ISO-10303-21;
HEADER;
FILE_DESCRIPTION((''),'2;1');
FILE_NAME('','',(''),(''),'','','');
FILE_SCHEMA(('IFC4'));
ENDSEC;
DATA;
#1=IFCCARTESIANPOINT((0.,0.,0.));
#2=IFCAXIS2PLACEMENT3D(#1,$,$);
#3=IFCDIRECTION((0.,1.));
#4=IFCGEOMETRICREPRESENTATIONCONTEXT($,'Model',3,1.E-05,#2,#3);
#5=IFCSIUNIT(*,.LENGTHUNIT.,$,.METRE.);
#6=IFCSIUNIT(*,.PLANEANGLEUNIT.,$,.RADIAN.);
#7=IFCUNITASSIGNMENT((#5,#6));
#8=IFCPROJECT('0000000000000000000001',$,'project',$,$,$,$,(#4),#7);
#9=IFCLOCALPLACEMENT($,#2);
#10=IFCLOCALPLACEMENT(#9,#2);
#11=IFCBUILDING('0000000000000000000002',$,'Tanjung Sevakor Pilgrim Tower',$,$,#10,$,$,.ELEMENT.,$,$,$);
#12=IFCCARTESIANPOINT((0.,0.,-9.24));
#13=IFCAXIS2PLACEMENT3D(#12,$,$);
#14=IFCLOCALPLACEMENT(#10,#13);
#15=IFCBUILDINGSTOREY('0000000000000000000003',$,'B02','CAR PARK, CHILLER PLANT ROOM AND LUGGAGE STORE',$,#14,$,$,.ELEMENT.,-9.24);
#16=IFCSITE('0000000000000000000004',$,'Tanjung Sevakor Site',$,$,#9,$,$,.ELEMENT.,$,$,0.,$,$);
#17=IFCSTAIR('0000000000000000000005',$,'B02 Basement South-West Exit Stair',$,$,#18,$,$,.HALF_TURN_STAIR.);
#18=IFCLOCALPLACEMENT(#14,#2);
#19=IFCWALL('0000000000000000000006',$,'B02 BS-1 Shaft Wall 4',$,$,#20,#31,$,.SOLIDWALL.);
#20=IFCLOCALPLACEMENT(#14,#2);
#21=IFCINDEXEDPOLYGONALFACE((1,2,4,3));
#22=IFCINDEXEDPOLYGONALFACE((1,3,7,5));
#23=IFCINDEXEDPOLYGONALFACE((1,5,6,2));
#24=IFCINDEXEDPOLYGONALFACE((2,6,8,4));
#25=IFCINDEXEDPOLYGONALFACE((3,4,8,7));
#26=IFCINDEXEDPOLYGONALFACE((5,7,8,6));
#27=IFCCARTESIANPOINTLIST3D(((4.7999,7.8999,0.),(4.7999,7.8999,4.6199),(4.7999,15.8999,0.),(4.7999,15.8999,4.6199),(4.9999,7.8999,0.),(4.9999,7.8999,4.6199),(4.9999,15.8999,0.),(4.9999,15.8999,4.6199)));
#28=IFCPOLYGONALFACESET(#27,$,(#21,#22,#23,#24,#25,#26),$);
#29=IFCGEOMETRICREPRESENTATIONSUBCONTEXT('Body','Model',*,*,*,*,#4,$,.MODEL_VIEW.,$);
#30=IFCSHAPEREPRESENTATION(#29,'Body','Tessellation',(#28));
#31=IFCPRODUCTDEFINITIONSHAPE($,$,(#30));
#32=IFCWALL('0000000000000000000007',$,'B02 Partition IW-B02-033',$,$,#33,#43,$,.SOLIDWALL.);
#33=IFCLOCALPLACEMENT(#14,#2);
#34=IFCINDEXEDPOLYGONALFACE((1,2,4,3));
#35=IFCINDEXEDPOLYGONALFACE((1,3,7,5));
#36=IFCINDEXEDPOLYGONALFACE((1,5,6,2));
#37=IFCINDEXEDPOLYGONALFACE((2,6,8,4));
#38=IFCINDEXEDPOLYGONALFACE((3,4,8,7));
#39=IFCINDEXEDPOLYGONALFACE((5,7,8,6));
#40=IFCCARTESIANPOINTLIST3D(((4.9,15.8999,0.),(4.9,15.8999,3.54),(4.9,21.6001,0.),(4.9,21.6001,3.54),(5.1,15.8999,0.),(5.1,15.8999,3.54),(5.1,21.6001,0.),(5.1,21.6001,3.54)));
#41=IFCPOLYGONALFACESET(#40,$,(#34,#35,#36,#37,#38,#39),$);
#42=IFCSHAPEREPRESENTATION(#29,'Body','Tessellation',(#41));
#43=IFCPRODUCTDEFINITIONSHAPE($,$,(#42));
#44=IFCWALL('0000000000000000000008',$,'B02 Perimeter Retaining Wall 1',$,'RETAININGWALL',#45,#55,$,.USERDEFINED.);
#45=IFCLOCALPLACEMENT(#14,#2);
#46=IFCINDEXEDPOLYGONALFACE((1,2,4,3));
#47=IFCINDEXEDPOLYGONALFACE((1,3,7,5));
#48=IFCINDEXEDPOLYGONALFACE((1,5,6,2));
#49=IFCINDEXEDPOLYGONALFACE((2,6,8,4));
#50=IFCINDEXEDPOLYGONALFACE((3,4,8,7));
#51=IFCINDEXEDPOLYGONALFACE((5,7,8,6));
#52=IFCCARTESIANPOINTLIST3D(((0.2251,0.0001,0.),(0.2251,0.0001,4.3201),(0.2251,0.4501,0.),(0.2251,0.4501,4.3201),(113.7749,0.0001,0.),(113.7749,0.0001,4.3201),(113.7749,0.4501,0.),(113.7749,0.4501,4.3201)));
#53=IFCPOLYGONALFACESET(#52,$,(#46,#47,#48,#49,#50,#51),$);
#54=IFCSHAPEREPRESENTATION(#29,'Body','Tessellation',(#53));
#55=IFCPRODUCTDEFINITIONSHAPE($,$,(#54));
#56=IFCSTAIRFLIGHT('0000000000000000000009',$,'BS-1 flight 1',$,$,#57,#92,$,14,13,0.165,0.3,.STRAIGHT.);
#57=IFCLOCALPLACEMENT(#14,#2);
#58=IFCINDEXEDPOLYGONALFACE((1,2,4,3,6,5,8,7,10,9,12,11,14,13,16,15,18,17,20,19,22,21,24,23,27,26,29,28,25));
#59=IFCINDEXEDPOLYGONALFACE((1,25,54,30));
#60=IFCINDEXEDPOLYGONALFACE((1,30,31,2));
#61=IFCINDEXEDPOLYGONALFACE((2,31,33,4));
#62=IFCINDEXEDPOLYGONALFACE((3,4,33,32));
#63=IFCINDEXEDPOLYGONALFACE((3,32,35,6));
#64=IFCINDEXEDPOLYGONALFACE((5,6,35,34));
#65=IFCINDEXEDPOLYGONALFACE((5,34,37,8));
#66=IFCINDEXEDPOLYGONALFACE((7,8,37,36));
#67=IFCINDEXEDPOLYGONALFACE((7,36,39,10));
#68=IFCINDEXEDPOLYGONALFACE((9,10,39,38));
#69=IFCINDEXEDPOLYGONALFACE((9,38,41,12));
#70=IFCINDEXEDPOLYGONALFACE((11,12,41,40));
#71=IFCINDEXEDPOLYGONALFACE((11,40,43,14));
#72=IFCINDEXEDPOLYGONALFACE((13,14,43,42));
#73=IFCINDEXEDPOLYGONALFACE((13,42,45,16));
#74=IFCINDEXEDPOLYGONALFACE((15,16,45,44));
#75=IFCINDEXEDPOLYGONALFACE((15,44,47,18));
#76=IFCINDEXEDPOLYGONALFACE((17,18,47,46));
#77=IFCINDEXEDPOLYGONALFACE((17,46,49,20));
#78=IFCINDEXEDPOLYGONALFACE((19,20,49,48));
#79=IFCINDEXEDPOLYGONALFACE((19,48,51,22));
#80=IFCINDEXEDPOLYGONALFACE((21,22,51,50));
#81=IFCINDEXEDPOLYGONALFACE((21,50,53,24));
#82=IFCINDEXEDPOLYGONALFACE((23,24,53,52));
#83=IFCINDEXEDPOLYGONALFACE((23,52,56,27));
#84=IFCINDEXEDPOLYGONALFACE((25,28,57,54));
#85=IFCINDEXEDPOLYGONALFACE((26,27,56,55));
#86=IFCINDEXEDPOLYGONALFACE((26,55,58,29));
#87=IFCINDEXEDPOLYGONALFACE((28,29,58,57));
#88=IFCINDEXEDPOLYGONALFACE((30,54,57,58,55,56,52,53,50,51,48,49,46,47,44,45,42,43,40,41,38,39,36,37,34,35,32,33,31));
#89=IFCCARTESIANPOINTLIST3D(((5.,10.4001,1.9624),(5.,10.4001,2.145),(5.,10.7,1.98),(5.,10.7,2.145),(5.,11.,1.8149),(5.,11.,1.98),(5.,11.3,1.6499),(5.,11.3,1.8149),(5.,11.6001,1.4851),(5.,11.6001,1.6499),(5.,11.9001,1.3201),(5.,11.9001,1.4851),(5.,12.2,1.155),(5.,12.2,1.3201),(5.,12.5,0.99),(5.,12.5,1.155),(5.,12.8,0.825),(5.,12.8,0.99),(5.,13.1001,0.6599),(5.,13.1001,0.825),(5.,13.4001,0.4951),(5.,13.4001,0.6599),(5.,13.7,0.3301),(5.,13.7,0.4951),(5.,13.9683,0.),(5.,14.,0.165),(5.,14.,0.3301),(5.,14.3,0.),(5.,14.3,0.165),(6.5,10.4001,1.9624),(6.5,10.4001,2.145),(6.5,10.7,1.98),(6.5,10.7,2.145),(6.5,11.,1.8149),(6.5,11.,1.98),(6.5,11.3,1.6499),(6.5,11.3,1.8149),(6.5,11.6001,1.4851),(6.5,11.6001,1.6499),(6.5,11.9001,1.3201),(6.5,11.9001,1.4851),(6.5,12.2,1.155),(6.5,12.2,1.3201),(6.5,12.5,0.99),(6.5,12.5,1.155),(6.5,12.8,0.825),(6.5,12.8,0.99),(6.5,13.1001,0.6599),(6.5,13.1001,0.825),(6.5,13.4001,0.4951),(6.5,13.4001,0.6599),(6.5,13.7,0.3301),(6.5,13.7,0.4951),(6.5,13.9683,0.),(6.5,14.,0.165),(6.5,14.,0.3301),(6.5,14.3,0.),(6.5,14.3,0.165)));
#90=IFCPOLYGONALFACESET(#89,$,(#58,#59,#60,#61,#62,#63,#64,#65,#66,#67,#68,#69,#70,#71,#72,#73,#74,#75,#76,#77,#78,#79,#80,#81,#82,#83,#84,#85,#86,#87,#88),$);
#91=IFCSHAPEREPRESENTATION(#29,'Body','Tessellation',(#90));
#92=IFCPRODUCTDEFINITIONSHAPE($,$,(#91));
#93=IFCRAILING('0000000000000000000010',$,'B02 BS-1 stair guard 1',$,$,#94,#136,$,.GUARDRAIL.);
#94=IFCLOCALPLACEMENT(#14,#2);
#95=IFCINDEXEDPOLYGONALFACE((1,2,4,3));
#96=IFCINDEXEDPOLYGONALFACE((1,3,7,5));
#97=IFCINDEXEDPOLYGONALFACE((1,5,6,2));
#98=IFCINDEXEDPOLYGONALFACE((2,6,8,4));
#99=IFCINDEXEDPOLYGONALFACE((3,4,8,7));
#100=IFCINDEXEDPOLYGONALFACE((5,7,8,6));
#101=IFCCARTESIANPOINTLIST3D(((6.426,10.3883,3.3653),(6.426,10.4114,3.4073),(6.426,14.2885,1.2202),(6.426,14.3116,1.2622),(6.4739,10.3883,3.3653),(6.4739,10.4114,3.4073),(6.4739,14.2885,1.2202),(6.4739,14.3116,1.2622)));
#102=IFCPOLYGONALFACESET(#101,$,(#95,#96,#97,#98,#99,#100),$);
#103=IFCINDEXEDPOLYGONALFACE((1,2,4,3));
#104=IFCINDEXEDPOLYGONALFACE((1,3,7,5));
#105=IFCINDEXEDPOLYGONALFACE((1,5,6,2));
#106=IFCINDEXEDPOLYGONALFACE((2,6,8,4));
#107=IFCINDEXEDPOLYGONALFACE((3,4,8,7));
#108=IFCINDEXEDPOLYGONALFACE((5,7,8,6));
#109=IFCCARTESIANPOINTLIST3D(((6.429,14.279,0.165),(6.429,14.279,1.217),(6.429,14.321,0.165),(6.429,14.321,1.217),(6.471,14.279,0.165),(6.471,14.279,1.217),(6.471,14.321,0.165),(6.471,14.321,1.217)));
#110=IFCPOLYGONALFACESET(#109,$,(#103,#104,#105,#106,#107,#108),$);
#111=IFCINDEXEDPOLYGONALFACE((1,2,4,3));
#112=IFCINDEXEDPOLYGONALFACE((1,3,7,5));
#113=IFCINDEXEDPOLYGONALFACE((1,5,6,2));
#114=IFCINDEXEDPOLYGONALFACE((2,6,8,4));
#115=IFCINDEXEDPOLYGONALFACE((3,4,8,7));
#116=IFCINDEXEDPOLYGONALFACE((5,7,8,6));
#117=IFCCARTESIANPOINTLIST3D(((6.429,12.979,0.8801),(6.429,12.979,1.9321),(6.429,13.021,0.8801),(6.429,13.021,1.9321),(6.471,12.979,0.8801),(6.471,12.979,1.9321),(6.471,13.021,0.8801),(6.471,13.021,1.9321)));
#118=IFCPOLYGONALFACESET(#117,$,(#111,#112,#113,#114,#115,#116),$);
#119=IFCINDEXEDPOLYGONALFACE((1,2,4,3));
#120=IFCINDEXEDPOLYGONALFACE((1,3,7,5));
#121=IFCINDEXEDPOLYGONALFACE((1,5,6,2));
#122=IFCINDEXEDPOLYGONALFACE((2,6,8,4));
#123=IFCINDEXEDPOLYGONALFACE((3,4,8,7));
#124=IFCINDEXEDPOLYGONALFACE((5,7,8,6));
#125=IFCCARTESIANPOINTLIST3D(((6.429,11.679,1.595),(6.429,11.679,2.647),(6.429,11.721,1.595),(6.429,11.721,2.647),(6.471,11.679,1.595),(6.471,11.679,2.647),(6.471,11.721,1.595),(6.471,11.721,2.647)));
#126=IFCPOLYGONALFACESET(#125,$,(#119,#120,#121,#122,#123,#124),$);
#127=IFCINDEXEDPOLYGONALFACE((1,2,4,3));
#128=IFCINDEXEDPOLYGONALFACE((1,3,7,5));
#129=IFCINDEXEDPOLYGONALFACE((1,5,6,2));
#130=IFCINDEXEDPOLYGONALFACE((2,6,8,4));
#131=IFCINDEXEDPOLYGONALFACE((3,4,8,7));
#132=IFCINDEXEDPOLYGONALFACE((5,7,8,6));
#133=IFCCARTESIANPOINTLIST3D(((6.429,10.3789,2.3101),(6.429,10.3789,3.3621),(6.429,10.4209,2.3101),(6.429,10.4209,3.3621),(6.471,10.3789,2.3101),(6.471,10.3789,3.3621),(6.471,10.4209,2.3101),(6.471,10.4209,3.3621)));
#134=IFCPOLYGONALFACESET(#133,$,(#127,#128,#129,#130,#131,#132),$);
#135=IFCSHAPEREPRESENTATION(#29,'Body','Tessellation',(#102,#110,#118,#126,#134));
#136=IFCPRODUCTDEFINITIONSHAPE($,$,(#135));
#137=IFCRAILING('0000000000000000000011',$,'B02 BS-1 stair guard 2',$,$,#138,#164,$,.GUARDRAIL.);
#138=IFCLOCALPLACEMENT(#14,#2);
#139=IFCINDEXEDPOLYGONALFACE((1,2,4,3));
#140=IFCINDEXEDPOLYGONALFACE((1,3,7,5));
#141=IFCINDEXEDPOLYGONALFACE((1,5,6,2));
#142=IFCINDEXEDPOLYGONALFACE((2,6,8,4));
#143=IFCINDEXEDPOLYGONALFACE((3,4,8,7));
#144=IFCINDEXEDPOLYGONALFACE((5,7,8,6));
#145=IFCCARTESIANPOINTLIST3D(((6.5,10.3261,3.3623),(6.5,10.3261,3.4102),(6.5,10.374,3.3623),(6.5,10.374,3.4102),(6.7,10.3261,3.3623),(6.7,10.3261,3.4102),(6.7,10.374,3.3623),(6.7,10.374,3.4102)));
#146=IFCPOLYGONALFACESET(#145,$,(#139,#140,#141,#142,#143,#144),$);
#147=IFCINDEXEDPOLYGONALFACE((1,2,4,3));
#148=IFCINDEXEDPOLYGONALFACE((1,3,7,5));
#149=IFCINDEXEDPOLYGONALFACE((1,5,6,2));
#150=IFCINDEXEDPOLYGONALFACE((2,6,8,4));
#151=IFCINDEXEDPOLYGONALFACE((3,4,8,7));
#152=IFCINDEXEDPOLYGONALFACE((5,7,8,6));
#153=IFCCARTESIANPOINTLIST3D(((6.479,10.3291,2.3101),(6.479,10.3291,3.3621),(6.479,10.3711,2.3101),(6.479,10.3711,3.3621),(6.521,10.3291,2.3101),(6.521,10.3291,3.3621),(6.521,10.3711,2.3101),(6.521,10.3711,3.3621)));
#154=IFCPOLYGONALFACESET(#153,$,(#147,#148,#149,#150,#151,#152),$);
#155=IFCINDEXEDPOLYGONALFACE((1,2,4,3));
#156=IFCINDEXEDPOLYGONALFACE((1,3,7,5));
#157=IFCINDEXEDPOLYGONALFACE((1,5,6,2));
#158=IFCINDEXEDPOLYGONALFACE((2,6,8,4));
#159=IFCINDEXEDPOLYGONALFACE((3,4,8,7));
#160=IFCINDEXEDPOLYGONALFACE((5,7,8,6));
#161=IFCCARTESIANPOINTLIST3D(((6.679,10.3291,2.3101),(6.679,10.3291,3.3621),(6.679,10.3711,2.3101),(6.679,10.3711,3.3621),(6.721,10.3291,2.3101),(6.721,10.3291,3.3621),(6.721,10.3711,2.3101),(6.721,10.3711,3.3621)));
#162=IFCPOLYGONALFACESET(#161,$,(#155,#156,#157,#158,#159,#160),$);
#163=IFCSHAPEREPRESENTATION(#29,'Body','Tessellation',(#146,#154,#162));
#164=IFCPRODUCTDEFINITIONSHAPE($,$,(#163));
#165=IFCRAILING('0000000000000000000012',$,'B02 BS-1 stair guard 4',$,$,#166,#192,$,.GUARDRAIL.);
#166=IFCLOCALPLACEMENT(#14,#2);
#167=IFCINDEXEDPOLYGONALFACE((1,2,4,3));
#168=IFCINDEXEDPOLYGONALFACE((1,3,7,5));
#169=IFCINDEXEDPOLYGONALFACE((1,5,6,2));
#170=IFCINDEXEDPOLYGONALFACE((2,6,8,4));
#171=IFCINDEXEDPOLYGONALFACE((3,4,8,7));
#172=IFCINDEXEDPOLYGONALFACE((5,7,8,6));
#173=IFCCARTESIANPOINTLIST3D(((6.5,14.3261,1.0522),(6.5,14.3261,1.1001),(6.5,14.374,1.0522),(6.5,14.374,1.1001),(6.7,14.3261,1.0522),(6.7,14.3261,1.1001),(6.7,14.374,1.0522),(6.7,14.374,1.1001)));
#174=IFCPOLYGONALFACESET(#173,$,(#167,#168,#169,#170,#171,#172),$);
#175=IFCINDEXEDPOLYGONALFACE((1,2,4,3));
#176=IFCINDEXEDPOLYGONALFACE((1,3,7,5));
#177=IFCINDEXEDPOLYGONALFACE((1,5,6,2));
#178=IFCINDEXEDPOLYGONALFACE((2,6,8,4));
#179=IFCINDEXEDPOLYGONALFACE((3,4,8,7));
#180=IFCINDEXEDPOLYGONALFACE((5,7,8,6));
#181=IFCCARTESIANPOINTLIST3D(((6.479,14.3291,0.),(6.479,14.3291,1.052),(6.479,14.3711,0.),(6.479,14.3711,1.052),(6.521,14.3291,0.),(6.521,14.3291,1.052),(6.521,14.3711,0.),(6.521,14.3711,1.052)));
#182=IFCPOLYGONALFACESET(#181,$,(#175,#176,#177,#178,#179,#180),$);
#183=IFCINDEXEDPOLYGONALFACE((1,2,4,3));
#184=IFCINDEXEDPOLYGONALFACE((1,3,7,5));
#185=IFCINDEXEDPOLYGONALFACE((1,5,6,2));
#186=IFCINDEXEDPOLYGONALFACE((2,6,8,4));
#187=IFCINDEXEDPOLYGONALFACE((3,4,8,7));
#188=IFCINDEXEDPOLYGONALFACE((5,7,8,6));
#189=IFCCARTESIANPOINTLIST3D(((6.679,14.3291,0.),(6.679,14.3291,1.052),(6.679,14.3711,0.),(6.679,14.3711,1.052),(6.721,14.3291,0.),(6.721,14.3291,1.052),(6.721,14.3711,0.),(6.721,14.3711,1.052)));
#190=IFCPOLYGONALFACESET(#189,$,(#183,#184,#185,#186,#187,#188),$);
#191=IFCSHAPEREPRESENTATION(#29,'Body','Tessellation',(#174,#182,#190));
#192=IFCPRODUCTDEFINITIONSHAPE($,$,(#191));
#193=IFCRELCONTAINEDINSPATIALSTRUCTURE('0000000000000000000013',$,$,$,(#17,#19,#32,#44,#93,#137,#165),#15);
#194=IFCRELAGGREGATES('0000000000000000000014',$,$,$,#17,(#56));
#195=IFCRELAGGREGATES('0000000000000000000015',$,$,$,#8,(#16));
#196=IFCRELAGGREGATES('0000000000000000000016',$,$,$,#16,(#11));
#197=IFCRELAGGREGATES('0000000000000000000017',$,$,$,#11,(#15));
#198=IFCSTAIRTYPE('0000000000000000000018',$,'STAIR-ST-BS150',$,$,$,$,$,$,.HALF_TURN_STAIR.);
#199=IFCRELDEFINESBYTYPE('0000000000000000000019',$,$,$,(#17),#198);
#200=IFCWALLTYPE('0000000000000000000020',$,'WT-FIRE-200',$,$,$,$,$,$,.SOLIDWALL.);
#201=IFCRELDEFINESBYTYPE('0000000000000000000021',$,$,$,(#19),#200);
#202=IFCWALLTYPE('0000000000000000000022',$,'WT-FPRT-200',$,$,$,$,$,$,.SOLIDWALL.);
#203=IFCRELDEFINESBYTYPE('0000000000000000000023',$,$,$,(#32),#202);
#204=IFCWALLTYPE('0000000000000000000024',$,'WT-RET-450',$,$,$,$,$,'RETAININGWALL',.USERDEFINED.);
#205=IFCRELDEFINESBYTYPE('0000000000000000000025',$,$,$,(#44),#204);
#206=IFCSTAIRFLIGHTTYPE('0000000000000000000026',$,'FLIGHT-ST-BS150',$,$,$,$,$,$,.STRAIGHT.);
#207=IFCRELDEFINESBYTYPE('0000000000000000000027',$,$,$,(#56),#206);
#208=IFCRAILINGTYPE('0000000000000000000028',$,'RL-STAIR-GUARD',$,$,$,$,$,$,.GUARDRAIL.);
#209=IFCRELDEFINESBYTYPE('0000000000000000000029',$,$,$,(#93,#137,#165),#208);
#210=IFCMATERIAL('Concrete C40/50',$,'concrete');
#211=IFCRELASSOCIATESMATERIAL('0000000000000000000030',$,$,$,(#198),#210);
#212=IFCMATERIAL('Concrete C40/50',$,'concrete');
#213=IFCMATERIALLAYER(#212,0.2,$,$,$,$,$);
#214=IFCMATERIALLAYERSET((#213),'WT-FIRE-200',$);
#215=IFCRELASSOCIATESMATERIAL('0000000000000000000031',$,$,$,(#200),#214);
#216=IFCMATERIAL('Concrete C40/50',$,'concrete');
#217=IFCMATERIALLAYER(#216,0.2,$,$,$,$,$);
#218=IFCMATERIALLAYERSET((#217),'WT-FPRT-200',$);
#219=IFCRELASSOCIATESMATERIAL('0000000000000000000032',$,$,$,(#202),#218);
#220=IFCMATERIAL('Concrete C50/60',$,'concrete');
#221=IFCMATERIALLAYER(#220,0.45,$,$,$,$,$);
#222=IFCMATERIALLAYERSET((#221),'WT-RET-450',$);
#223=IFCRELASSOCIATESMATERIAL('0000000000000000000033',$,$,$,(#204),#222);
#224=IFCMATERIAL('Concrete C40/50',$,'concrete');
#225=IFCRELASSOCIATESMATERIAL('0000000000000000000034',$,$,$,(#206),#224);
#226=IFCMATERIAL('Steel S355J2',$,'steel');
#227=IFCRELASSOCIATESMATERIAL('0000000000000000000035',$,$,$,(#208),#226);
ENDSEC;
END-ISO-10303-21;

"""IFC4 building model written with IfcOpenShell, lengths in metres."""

from ifc_helpers import new_model, si_unit, direction, frame, frame_2d, origin, place, context, subcontext, project, spatial, polyline, rectangle, outline, extrude, material, layer, layer_set, type_object, element, aggregate, save


model = new_model("IFC4")

# Units and contexts
model_context = context("Model", 3, precision=1e-05, world=origin(), true_north=direction((0.0, 1.0)))
body_context = subcontext(model_context, "Body", "Model", "MODEL_VIEW")
ifc_project = project(units=[si_unit("LENGTHUNIT", "METRE"), si_unit("PLANEANGLEUNIT", "RADIAN")], contexts=[model_context])

# Site, building, storey
site_placement = place(None, origin())
site = spatial("IfcSite", under=ifc_project, at=site_placement, Name="Tanjung Sevakor Site", CompositionType="ELEMENT", RefElevation=0.0)
building_placement = place(site_placement, origin())
building = spatial("IfcBuilding", under=site, at=building_placement, Name="Tanjung Sevakor Pilgrim Tower", CompositionType="ELEMENT")
storey_placement = place(building_placement, frame((0.0, 0.0, -9.24)))
storey = spatial("IfcBuildingStorey", under=building, at=storey_placement, Name="B02", Description="CAR PARK, CHILLER PLANT ROOM AND LUGGAGE STORE", CompositionType="ELEMENT", Elevation=-9.24)

# Stair
ifc_material_1 = material(Name="Concrete C40/50", Category="concrete")
stair_type_1 = type_object("IfcStairType", Name="STAIR-ST-BS150", PredefinedType="HALF_TURN_STAIR", material=ifc_material_1)
stair_1_placement = place(storey_placement, origin())
stair_1 = element("IfcStair", 1, at=stair_1_placement, inside=storey, type_object=stair_type_1, Name="B02 Basement South-West Exit Stair", PredefinedType="HALF_TURN_STAIR")

# Walls
ifc_material_2 = material(Name="Concrete C40/50", Category="concrete")
ifc_layer_1 = layer(ifc_material_2, 0.2)
ifc_layer_set_1 = layer_set([ifc_layer_1], Name="WT-FIRE-200")
wall_type_1 = type_object("IfcWallType", Name="WT-FIRE-200", PredefinedType="SOLIDWALL", material=ifc_layer_set_1)
wall_1_placement = place(storey_placement, frame((4.8999, 15.8999, 0.0), z_axis=(0.0, 0.0, 1.0), x_axis=(0.0, -1.0, 0.0)))
element("IfcWall", 2, at=wall_1_placement, inside=storey, type_object=wall_type_1, Name="B02 BS-1 Shaft Wall 4", PredefinedType="SOLIDWALL", context=body_context, shape_type="SweptSolid", body=[
    extrude(rectangle(XDim=8.0, YDim=0.2, at=frame_2d((4.0, 0.0))), origin(), (0.0, 0.0, 1.0), 4.6199),
])
ifc_material_3 = material(Name="Concrete C40/50", Category="concrete")
ifc_layer_2 = layer(ifc_material_3, 0.2)
ifc_layer_set_2 = layer_set([ifc_layer_2], Name="WT-FPRT-200")
wall_type_2 = type_object("IfcWallType", Name="WT-FPRT-200", PredefinedType="SOLIDWALL", material=ifc_layer_set_2)
wall_2_placement = place(storey_placement, frame((5.0, 15.8999, 0.0), z_axis=(0.0, 0.0, 1.0), x_axis=(0.0, 1.0, 0.0)))
element("IfcWall", 3, at=wall_2_placement, inside=storey, type_object=wall_type_2, Name="B02 Partition IW-B02-033", PredefinedType="SOLIDWALL", context=body_context, shape_type="SweptSolid", body=[
    extrude(rectangle(XDim=5.7002, YDim=0.2, at=frame_2d((2.8501, 0.0))), origin(), (0.0, 0.0, 1.0), 3.54),
])
ifc_material_4 = material(Name="Concrete C50/60", Category="concrete")
ifc_layer_3 = layer(ifc_material_4, 0.45)
ifc_layer_set_3 = layer_set([ifc_layer_3], Name="WT-RET-450")
wall_type_3 = type_object("IfcWallType", Name="WT-RET-450", ElementType="RETAININGWALL", PredefinedType="USERDEFINED", material=ifc_layer_set_3)
wall_3_placement = place(storey_placement, frame((0.2251, 0.2251, 0.0), z_axis=(0.0, 0.0, 1.0), x_axis=(1.0, 0.0, 0.0)))
element("IfcWall", 4, at=wall_3_placement, inside=storey, type_object=wall_type_3, Name="B02 Perimeter Retaining Wall 1", ObjectType="RETAININGWALL", PredefinedType="USERDEFINED", context=body_context, shape_type="SweptSolid", body=[
    extrude(rectangle(XDim=113.5498, YDim=0.45, at=frame_2d((56.7749, 0.0))), origin(), (0.0, 0.0, 1.0), 4.3201),
])

# Stair flight
ifc_material_5 = material(Name="Concrete C40/50", Category="concrete")
stair_flight_type = type_object("IfcStairFlightType", Name="FLIGHT-ST-BS150", PredefinedType="STRAIGHT", material=ifc_material_5)
stair_flight_placement = place(storey_placement, frame((5.75, 14.3, 0.0), z_axis=(0.0, 0.0, 1.0), x_axis=(0.0, -1.0, 0.0)))
stair_flight = element("IfcStairFlight", 5, at=stair_flight_placement, type_object=stair_flight_type, Name="BS-1 flight 1", NumberOfRisers=14, NumberOfTreads=13, PredefinedType="STRAIGHT", RiserHeight=0.165, TreadLength=0.3, context=body_context, shape_type="SweptSolid", body=[
    extrude(outline(polyline([(0.0, 0.0), (0.0, 0.165), (0.3, 0.165), (0.3, 0.3301), (0.6001, 0.3301), (0.6001, 0.4951), (0.8999, 0.4951), (0.8999, 0.6599), (1.2, 0.6599), (1.2, 0.825), (1.5, 0.825), (1.5, 0.99), (1.8, 0.99), (1.8, 1.155), (2.1001, 1.155), (2.1001, 1.3201), (2.3999, 1.3201), (2.3999, 1.4851), (2.7, 1.4851), (2.7, 1.6499), (3.0, 1.6499), (3.0, 1.8149), (3.3, 1.8149), (3.3, 1.98), (3.6001, 1.98), (3.6001, 2.145), (3.8999, 2.145), (3.8999, 2.3101), (3.8999, 1.9624), (0.3318, 0.0), (0.0, 0.0)])), frame((0.0, 0.75, 0.0), z_axis=(0.0, -1.0, 0.0), x_axis=(1.0, 0.0, 0.0)), (0.0, 0.0, 1.0), 1.5),
])
aggregate(stair_1, [stair_flight])

# Railings
ifc_material_6 = material(Name="Steel S355J2", Category="steel")
railing_type_1 = type_object("IfcRailingType", Name="RL-STAIR-GUARD", PredefinedType="GUARDRAIL", material=ifc_material_6)
railing_1_placement = place(storey_placement, frame((6.45, 14.3, 0.165)))
element("IfcRailing", 6, at=railing_1_placement, inside=storey, type_object=railing_type_1, Name="B02 BS-1 stair guard 1", PredefinedType="GUARDRAIL", context=body_context, shape_type="SweptSolid", body=[
    extrude(rectangle(XDim=0.0479, YDim=0.0479), frame((0.0, 0.0, 1.0762), z_axis=(0.0, -0.876222, 0.481908), x_axis=(1.0, 0.0, 0.0)), (0.0, 0.0, 1.0), 4.4512),
    extrude(rectangle(XDim=0.042, YDim=0.042), origin(), (0.0, 0.0, 1.0), 1.052),
    extrude(rectangle(XDim=0.042, YDim=0.042), frame((0.0, -1.3, 0.7151)), (0.0, 0.0, 1.0), 1.052),
    extrude(rectangle(XDim=0.042, YDim=0.042), frame((0.0, -2.6001, 1.4299)), (0.0, 0.0, 1.0), 1.052),
    extrude(rectangle(XDim=0.042, YDim=0.042), frame((0.0, -3.9001, 2.145)), (0.0, 0.0, 1.0), 1.052),
])
for number, where, name in (
    (7, (6.5, 10.3501, 2.3101), "B02 BS-1 stair guard 2"),
    (8, (6.5, 14.3501, 0.0), "B02 BS-1 stair guard 4"),
):
    element("IfcRailing", number, at=place(storey_placement, frame(where)), inside=storey, type_object=railing_type_1, Name=name, PredefinedType="GUARDRAIL", context=body_context, shape_type="SweptSolid", body=[
        extrude(rectangle(XDim=0.0479, YDim=0.0479), frame((0.0, 0.0, 1.0762), z_axis=(1.0, 0.0, 0.0), x_axis=(0.0, 1.0, 0.0)), (0.0, 0.0, 1.0), 0.2),
        extrude(rectangle(XDim=0.042, YDim=0.042), origin(), (0.0, 0.0, 1.0), 1.052),
        extrude(rectangle(XDim=0.042, YDim=0.042), frame((0.2, 0.0, 0.0)), (0.0, 0.0, 1.0), 1.052),
    ])

save(model, "model.ifc")
